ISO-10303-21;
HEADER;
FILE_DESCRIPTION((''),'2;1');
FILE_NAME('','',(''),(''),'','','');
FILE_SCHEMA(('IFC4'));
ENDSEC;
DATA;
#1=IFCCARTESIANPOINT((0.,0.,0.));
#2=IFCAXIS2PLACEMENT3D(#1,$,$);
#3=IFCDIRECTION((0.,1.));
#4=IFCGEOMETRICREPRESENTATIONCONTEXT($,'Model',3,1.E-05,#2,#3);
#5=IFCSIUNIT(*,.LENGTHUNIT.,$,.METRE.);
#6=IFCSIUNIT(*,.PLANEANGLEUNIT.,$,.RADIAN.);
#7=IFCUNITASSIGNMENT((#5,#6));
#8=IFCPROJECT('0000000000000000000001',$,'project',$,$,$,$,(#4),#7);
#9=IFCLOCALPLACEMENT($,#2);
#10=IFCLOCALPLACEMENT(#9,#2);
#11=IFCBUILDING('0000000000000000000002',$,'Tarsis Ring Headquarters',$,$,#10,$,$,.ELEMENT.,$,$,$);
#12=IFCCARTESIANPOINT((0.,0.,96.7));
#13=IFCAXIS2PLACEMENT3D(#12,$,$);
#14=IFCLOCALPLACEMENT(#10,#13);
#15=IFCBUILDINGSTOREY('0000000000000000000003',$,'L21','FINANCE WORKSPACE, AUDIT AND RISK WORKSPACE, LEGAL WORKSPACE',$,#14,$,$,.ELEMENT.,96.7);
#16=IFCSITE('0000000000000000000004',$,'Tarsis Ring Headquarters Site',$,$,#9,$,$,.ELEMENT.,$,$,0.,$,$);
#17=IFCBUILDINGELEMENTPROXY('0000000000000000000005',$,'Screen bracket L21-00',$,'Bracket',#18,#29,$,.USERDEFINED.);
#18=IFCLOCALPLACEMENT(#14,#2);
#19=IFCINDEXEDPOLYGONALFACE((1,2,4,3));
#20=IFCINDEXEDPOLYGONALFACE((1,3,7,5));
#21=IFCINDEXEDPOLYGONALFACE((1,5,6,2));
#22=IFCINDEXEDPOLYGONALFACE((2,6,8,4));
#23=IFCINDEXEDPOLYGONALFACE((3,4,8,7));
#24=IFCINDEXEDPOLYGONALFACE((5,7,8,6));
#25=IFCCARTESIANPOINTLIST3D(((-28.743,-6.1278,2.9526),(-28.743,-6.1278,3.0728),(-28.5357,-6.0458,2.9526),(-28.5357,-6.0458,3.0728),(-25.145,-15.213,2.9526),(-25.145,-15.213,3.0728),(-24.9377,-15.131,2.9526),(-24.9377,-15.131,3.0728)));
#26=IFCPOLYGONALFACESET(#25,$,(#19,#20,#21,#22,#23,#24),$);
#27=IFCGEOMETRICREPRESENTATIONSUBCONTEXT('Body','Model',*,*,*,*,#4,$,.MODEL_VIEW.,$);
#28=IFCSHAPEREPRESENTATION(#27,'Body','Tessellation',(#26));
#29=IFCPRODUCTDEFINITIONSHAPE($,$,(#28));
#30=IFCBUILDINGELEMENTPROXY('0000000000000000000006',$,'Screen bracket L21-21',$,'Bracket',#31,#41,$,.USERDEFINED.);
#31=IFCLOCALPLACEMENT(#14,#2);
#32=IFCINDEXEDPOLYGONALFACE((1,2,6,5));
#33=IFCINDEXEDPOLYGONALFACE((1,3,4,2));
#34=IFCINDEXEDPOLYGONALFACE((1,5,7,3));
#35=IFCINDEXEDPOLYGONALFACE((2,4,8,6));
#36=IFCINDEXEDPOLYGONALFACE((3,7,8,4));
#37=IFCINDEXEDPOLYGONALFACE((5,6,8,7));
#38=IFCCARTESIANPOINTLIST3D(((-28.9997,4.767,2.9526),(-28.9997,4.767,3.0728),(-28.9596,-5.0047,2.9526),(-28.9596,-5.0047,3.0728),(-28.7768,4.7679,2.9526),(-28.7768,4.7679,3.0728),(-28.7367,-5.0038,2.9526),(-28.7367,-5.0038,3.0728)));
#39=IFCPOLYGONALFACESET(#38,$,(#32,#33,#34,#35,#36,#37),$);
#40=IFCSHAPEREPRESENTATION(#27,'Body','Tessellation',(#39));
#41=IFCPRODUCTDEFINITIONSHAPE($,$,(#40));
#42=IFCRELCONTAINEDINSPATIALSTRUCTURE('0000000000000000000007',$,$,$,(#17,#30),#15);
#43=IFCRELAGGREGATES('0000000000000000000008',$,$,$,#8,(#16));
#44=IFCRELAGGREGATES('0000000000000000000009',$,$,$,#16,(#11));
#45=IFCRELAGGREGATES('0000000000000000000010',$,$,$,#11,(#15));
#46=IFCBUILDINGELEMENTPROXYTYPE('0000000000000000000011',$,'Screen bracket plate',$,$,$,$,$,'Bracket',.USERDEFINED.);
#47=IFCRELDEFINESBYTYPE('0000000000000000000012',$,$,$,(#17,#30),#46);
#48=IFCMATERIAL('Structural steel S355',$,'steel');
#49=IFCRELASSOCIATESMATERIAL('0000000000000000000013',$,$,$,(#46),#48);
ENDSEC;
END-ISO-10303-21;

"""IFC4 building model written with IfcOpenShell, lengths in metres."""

from ifc_helpers import new_model, si_unit, direction, frame, origin, origin_2d, place, context, subcontext, project, spatial, rectangle, extrude, material, type_object, element, save


model = new_model("IFC4")

# Units and contexts
model_context = context("Model", 3, precision=1e-05, world=origin(), true_north=direction((0.0, 1.0)))
body_context = subcontext(model_context, "Body", "Model", "MODEL_VIEW")
ifc_project = project(units=[si_unit("LENGTHUNIT", "METRE"), si_unit("PLANEANGLEUNIT", "RADIAN")], contexts=[model_context])

# Site, building, storey
site_placement = place(None, origin())
site = spatial("IfcSite", under=ifc_project, at=site_placement, Name="Tarsis Ring Headquarters Site", CompositionType="ELEMENT", RefElevation=0.0)
building_placement = place(site_placement, origin())
building = spatial("IfcBuilding", under=site, at=building_placement, Name="Tarsis Ring Headquarters", CompositionType="ELEMENT")
storey_placement = place(building_placement, frame((0.0, 0.0, 96.7)))
storey = spatial("IfcBuildingStorey", under=building, at=storey_placement, Name="L21", Description="FINANCE WORKSPACE, AUDIT AND RISK WORKSPACE, LEGAL WORKSPACE", CompositionType="ELEMENT", Elevation=96.7)

# Shared definitions
ifc_material_1 = material(Name="Structural steel S355", Category="steel")

# Building element proxies
building_element_proxy_type = type_object("IfcBuildingElementProxyType", Name="Screen bracket plate", ElementType="Bracket", PredefinedType="USERDEFINED", material=ifc_material_1)
for number, where, z_axis, x_axis, name in (
    (1, (-26.8403, -10.6294, 2.9526), (0.0, 0.0, 1.0), (0.368205, -0.929744, 0.0), "Screen bracket L21-00"),
    (2, (-28.8682, -0.1184, 2.9526), (0.0, 0.0, 1.0), (0.004102, -0.999992, 0.0), "Screen bracket L21-21"),
):
    element("IfcBuildingElementProxy", number, at=place(storey_placement, frame(where, z_axis=z_axis, x_axis=x_axis)), inside=storey, type_object=building_element_proxy_type, Name=name, ObjectType="Bracket", PredefinedType="USERDEFINED", context=body_context, shape_type="SweptSolid", body=[
        extrude(rectangle(XDim=9.7717, YDim=0.2229, at=origin_2d()), origin(), (0.0, 0.0, 1.0), 0.1201),
    ])

save(model, "model.ifc")
